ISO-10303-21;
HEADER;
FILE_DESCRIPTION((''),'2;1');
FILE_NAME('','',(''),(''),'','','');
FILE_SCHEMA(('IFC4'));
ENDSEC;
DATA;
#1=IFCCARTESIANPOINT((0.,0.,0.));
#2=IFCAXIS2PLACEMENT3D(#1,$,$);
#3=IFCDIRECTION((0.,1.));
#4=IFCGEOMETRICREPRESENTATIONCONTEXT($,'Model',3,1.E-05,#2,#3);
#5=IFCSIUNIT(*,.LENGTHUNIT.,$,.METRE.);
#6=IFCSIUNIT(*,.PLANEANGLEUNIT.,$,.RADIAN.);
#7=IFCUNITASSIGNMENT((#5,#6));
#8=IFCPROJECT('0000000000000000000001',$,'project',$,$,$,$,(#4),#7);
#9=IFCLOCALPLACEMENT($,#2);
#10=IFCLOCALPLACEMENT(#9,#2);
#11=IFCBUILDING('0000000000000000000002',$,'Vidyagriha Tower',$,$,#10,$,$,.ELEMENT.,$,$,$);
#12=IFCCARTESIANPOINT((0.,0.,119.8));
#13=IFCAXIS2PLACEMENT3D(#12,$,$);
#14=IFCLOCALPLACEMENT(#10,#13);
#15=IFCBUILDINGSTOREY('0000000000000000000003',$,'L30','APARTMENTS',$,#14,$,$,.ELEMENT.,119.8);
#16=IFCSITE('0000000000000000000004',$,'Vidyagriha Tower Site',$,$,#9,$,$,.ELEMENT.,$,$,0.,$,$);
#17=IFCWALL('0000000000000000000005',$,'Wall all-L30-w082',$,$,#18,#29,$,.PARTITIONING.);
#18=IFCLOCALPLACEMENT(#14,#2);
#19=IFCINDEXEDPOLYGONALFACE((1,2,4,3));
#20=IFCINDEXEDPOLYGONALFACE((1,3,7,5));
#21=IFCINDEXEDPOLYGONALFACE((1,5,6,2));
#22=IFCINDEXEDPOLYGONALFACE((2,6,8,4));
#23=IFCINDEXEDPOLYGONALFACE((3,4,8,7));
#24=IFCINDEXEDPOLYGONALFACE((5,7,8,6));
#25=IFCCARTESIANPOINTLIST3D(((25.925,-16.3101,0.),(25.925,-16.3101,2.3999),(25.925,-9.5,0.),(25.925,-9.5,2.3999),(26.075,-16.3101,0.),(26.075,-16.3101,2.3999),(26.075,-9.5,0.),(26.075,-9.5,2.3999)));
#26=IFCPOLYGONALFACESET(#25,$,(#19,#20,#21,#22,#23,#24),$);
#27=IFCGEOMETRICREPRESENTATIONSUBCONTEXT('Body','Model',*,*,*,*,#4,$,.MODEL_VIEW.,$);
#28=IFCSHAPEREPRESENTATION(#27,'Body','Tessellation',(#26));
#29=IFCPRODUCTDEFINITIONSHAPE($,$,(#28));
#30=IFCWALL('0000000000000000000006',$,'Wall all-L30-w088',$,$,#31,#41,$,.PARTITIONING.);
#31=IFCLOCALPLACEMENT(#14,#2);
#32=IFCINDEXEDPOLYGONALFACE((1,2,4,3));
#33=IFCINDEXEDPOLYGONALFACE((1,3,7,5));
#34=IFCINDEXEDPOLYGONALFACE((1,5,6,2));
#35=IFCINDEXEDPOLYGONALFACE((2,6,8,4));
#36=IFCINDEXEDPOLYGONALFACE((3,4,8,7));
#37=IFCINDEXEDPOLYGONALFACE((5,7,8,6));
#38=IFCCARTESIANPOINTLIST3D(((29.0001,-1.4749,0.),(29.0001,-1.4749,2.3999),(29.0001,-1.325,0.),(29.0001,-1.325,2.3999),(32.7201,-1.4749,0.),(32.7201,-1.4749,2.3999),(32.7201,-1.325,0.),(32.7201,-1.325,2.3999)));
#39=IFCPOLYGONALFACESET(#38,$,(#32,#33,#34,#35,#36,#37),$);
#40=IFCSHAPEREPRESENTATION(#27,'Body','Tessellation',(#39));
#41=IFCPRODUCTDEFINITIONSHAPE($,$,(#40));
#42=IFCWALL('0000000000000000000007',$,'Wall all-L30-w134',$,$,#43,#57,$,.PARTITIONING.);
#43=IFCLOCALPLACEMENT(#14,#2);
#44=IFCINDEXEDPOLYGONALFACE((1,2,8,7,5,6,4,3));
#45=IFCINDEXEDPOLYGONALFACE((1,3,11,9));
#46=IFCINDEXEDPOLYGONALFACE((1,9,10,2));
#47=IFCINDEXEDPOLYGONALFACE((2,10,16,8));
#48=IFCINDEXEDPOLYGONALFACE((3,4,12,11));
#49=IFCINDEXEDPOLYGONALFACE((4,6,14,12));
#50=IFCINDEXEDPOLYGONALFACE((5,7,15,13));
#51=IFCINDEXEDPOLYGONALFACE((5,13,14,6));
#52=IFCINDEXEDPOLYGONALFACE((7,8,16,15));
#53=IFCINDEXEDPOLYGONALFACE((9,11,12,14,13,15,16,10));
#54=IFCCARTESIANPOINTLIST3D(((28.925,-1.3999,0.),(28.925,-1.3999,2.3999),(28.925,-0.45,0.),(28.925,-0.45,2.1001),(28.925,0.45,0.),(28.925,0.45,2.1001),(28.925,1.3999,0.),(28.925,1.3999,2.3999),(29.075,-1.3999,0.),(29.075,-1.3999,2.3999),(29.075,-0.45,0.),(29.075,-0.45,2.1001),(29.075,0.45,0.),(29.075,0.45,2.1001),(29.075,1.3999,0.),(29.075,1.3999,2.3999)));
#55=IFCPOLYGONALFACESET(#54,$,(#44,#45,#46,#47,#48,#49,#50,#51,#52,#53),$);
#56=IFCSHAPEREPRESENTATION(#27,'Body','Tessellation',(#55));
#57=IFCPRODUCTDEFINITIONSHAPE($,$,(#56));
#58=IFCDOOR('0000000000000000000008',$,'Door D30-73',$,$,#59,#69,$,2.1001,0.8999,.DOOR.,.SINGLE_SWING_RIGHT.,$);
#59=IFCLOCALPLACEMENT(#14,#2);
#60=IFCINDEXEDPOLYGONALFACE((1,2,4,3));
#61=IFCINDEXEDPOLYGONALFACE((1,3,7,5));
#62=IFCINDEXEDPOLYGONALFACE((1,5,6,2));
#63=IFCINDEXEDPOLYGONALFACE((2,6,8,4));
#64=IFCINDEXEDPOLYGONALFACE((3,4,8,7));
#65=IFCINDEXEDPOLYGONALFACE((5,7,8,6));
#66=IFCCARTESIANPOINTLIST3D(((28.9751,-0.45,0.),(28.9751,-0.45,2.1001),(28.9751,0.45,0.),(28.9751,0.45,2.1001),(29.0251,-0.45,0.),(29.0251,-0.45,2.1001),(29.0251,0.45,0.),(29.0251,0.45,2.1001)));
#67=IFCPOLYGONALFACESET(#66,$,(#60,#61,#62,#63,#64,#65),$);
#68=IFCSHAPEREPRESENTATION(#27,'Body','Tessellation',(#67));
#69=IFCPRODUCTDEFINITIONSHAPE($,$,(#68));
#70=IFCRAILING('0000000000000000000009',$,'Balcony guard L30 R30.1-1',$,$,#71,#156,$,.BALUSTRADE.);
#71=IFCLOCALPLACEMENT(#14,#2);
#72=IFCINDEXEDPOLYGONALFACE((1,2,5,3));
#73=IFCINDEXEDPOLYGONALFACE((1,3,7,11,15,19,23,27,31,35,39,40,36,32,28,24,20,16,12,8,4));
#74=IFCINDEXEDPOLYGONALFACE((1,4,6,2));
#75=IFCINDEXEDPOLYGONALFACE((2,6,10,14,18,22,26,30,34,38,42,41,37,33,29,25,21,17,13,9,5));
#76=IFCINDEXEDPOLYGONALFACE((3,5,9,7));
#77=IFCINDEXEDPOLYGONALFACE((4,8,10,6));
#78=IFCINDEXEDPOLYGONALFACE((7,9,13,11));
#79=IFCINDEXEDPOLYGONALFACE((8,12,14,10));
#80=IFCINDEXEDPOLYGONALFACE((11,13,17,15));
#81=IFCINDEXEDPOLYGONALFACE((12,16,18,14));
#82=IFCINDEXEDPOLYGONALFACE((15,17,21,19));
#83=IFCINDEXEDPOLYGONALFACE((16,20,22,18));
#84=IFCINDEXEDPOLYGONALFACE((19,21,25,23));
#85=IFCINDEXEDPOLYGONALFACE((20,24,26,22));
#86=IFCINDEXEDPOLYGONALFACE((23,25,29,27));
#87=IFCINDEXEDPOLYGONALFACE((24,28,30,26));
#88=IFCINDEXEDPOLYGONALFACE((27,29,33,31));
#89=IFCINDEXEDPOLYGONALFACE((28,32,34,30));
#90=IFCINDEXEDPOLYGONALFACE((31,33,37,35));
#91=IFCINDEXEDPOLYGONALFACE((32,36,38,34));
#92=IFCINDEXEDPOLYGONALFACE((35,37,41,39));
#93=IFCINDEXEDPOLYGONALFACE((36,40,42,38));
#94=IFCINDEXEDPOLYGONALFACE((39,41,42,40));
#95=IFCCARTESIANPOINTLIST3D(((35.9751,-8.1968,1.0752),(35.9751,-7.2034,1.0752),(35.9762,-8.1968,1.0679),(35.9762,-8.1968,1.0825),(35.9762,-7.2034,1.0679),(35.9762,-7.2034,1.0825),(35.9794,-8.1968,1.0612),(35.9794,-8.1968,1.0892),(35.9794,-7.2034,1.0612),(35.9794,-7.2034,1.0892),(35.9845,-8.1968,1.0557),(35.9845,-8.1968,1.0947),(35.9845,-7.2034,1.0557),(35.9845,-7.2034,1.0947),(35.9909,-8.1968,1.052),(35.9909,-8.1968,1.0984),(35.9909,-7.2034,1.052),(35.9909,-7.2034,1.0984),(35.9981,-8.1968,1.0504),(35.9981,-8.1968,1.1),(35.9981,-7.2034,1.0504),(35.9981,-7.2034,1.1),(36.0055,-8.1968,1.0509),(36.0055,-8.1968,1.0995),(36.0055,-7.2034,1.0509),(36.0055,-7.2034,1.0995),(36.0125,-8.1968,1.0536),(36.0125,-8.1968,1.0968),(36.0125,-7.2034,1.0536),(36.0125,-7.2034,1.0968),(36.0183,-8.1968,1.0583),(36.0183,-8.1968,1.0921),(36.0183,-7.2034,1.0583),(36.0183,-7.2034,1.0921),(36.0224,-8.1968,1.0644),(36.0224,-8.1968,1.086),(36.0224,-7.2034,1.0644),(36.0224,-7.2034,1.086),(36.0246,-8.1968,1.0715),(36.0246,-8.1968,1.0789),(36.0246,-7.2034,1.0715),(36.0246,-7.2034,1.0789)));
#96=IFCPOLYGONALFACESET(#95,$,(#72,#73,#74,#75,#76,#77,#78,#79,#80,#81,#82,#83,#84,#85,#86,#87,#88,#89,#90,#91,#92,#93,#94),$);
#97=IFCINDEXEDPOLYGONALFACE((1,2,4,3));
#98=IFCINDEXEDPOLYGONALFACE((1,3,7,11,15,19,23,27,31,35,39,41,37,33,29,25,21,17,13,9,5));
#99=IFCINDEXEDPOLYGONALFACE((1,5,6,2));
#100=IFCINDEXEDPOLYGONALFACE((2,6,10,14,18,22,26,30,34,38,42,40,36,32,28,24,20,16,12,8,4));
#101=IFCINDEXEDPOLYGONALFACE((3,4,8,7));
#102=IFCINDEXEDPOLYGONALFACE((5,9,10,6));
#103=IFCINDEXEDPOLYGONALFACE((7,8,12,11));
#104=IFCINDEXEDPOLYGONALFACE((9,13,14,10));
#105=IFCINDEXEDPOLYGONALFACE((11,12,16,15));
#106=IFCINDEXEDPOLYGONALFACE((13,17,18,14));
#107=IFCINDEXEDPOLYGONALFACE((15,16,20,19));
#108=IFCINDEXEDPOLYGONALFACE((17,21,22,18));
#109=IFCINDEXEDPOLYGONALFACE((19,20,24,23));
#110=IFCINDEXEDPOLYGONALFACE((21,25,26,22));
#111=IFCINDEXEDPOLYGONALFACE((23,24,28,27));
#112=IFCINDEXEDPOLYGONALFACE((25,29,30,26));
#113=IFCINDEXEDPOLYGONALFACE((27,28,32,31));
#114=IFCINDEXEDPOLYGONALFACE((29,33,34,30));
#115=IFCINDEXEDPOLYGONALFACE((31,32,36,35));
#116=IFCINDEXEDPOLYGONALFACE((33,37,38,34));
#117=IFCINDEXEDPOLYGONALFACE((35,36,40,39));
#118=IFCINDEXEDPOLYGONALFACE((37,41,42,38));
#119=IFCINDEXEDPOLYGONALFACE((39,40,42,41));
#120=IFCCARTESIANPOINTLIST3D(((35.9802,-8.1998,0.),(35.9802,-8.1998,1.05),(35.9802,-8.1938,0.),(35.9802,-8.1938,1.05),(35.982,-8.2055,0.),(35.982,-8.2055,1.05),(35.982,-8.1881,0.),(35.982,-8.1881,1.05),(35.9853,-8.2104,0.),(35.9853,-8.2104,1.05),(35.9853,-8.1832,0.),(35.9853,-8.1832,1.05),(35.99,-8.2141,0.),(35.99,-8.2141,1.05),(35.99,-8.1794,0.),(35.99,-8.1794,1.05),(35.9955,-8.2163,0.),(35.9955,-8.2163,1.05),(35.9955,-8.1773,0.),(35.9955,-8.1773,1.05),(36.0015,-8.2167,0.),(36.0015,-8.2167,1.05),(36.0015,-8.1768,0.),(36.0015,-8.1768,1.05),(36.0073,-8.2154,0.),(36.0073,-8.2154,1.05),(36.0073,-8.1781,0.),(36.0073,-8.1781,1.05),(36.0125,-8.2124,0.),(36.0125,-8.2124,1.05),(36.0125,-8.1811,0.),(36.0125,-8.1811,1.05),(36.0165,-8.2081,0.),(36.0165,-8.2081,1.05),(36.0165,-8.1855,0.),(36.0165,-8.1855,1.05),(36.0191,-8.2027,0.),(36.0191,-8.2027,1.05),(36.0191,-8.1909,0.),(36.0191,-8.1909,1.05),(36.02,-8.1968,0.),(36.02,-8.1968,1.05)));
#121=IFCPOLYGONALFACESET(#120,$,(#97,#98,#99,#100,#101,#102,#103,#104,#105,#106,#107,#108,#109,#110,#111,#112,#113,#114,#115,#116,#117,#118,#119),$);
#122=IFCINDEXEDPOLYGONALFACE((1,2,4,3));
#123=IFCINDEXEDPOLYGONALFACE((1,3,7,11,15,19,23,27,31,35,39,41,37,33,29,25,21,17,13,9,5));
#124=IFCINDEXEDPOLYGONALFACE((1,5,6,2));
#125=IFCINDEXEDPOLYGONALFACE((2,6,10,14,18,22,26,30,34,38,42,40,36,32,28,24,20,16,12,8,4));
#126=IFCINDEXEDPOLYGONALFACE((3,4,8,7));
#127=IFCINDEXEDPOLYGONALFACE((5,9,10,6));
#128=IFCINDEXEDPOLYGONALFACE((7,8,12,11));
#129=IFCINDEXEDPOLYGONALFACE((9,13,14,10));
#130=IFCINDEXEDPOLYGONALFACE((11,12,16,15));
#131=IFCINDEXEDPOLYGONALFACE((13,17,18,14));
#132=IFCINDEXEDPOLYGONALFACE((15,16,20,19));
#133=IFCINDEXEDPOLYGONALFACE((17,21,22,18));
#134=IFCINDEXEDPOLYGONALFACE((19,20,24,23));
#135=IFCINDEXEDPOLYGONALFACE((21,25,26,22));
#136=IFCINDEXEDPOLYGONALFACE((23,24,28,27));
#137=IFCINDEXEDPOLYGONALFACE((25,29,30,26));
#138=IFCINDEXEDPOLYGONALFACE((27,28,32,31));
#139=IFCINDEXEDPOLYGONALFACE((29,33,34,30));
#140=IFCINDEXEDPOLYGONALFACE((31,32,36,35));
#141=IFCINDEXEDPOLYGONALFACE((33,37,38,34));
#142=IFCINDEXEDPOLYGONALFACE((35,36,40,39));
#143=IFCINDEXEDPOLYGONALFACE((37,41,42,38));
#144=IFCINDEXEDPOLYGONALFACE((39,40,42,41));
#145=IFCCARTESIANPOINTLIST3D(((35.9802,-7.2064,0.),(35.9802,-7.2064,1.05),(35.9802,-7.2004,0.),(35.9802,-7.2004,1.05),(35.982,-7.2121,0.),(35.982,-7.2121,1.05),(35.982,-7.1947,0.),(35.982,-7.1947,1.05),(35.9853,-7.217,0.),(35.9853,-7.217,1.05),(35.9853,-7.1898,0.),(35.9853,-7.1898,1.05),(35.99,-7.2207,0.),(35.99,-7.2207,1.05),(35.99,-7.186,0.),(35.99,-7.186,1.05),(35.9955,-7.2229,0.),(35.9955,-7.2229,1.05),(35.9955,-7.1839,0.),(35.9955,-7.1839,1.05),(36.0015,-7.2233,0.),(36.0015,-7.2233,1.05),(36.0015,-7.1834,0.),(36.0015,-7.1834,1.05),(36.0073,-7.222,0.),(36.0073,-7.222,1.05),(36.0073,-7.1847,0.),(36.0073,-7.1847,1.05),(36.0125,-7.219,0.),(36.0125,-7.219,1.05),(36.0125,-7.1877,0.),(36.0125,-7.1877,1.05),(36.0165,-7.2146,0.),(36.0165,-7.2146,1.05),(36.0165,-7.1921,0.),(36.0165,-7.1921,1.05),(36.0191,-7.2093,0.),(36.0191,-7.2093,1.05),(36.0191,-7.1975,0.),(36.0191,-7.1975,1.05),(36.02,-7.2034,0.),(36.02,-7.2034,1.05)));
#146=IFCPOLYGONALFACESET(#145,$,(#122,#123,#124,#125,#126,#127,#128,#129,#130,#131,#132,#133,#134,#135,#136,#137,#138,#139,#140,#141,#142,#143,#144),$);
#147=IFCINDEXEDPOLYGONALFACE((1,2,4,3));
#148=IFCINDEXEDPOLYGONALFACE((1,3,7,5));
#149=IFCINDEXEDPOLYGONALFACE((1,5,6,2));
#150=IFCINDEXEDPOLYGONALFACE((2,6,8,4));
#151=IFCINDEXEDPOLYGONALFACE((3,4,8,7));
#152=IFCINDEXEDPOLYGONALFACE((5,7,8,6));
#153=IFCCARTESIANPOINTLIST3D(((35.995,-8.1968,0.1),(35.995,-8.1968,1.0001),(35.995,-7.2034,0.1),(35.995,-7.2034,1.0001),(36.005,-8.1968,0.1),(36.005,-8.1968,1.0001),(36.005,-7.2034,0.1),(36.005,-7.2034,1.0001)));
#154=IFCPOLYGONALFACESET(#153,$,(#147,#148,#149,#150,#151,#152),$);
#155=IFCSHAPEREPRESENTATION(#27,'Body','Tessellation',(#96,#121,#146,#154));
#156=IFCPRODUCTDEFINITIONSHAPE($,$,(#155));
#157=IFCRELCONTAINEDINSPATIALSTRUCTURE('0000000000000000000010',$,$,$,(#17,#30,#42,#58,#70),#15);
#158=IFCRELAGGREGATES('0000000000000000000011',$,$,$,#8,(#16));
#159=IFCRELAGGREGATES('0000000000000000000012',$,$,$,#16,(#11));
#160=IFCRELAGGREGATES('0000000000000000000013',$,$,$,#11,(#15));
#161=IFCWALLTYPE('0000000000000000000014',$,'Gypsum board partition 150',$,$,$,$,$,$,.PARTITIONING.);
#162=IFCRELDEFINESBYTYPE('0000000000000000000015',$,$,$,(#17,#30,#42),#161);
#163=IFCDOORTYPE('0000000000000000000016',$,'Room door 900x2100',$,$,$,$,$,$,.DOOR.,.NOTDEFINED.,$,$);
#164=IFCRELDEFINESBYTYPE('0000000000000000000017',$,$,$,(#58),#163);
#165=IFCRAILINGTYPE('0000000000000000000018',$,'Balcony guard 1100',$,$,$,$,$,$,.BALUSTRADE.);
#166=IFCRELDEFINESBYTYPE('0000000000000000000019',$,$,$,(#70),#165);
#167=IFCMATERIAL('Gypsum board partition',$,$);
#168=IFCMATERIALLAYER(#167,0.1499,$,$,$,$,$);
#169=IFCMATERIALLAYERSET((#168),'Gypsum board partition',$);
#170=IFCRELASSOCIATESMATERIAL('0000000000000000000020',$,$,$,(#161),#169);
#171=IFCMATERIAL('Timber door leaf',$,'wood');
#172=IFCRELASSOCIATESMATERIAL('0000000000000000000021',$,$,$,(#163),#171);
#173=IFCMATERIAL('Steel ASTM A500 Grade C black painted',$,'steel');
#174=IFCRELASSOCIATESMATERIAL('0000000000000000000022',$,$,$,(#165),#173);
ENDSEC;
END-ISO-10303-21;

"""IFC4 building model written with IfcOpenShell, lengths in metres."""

from ifc_helpers import new_model, si_unit, direction, frame, frame_2d, origin, origin_2d, place, context, subcontext, project, spatial, rectangle, circle, extrude, material, layer, layer_set, type_object, element, fill, save


model = new_model("IFC4")

# Units and contexts
model_context = context("Model", 3, precision=1e-05, world=origin(), true_north=direction((0.0, 1.0)))
body_context = subcontext(model_context, "Body", "Model", "MODEL_VIEW")
ifc_project = project(units=[si_unit("LENGTHUNIT", "METRE"), si_unit("PLANEANGLEUNIT", "RADIAN")], contexts=[model_context])

# Site, building, storey
site_placement = place(None, origin())
site = spatial("IfcSite", under=ifc_project, at=site_placement, Name="Vidyagriha Tower Site", CompositionType="ELEMENT", RefElevation=0.0)
building_placement = place(site_placement, origin())
building = spatial("IfcBuilding", under=site, at=building_placement, Name="Vidyagriha Tower", CompositionType="ELEMENT")
storey_placement = place(building_placement, frame((0.0, 0.0, 119.8)))
storey = spatial("IfcBuildingStorey", under=building, at=storey_placement, Name="L30", Description="APARTMENTS", CompositionType="ELEMENT", Elevation=119.8)

# Shared definitions
ifc_material_1 = material(Name="Gypsum board partition")
ifc_layer_1 = layer(ifc_material_1, 0.1499)
ifc_layer_set_1 = layer_set([ifc_layer_1], Name="Gypsum board partition")
wall_type_1 = type_object("IfcWallType", Name="Gypsum board partition 150", PredefinedType="PARTITIONING", material=ifc_layer_set_1)

# Shared definitions
ifc_material_2 = material(Name="Timber door leaf", Category="wood")
door_type_1 = type_object("IfcDoorType", Name="Room door 900x2100", OperationType="NOTDEFINED", PredefinedType="DOOR", material=ifc_material_2)

# Walls
wall_1_placement = place(storey_placement, frame((26.0, -9.5, 0.0), z_axis=(0.0, 0.0, 1.0), x_axis=(0.0, -1.0, 0.0)))
element("IfcWall", 1, at=wall_1_placement, inside=storey, type_object=wall_type_1, Name="Wall all-L30-w082", PredefinedType="PARTITIONING", context=body_context, shape_type="SweptSolid", body=[
    extrude(rectangle(XDim=6.8101, YDim=0.1499, at=frame_2d((3.405, 0.0))), origin(), (0.0, 0.0, 1.0), 2.3999),
])
wall_2_placement = place(storey_placement, frame((32.72, -1.3999, 0.0), z_axis=(0.0, 0.0, 1.0), x_axis=(-1.0, 0.0, 0.0)))
element("IfcWall", 2, at=wall_2_placement, inside=storey, type_object=wall_type_1, Name="Wall all-L30-w088", PredefinedType="PARTITIONING", context=body_context, shape_type="SweptSolid", body=[
    extrude(rectangle(XDim=3.72, YDim=0.1499, at=frame_2d((1.8599, 0.0))), origin(), (0.0, 0.0, 1.0), 2.3999),
])

# Wall, opening, door
wall_3_placement = place(storey_placement, frame((29.0, -1.3999, 0.0), z_axis=(0.0, 0.0, 1.0), x_axis=(0.0, 1.0, 0.0)))
wall_3 = element("IfcWall", 3, at=wall_3_placement, inside=storey, type_object=wall_type_1, Name="Wall all-L30-w134", PredefinedType="PARTITIONING", context=body_context, shape_type="SweptSolid", body=[
    extrude(rectangle(XDim=2.7998, YDim=0.1499, at=frame_2d((1.3999, 0.0))), origin(), (0.0, 0.0, 1.0), 2.3999),
])
opening_1_placement = place(wall_3_placement, frame((0.95, 0.0, 0.0)))
opening_1 = element("IfcOpeningElement", 4, at=opening_1_placement, cuts=wall_3, PredefinedType="OPENING", context=body_context, shape_type="SweptSolid", body=[
    extrude(rectangle(XDim=0.8999, YDim=2.1001, at=frame_2d((0.45, 1.05))), frame((0.0, 0.085, 0.0), z_axis=(0.0, -1.0, 0.0), x_axis=(1.0, 0.0, 0.0)), (0.0, 0.0, 1.0), 0.1699),
])
door_1_placement = place(opening_1_placement, origin())
door_1 = element("IfcDoor", 5, at=door_1_placement, inside=storey, type_object=door_type_1, Name="Door D30-73", OperationType="SINGLE_SWING_RIGHT", OverallHeight=2.1001, OverallWidth=0.8999, PredefinedType="DOOR", context=body_context, shape_type="SweptSolid", body=[
    extrude(rectangle(XDim=0.8999, YDim=2.1001, at=frame_2d((0.45, 1.05))), frame((0.0, 0.0249, 0.0), z_axis=(0.0, -1.0, 0.0), x_axis=(1.0, 0.0, 0.0)), (0.0, 0.0, 1.0), 0.05),
])
fill(opening_1, door_1)

# Railing
ifc_material_3 = material(Name="Steel ASTM A500 Grade C black painted", Category="steel")
railing_type = type_object("IfcRailingType", Name="Balcony guard 1100", PredefinedType="BALUSTRADE", material=ifc_material_3)
railing_1_placement = place(storey_placement, frame((36.0, -8.1968, 0.0)))
element("IfcRailing", 6, at=railing_1_placement, inside=storey, type_object=railing_type, Name="Balcony guard L30 R30.1-1", PredefinedType="BALUSTRADE", context=body_context, shape_type="SweptSolid", body=[
    extrude(circle(Radius=0.0249, at=origin_2d()), frame((0.0, 0.0, 1.0752), z_axis=(0.0, 1.0, 0.0), x_axis=(-1.0, 0.0, 0.0)), (0.0, 0.0, 1.0), 0.9934),
    extrude(circle(Radius=0.02, at=origin_2d()), origin(), (0.0, 0.0, 1.0), 1.05),
    extrude(circle(Radius=0.02, at=origin_2d()), frame((0.0, 0.9934, 0.0)), (0.0, 0.0, 1.0), 1.05),
    extrude(rectangle(XDim=0.01, YDim=0.9001, at=origin_2d()), frame((0.0, 0.0, 0.55), z_axis=(0.0, 1.0, 0.0), x_axis=(-1.0, 0.0, 0.0)), (0.0, 0.0, 1.0), 0.9934),
])

save(model, "model.ifc")
